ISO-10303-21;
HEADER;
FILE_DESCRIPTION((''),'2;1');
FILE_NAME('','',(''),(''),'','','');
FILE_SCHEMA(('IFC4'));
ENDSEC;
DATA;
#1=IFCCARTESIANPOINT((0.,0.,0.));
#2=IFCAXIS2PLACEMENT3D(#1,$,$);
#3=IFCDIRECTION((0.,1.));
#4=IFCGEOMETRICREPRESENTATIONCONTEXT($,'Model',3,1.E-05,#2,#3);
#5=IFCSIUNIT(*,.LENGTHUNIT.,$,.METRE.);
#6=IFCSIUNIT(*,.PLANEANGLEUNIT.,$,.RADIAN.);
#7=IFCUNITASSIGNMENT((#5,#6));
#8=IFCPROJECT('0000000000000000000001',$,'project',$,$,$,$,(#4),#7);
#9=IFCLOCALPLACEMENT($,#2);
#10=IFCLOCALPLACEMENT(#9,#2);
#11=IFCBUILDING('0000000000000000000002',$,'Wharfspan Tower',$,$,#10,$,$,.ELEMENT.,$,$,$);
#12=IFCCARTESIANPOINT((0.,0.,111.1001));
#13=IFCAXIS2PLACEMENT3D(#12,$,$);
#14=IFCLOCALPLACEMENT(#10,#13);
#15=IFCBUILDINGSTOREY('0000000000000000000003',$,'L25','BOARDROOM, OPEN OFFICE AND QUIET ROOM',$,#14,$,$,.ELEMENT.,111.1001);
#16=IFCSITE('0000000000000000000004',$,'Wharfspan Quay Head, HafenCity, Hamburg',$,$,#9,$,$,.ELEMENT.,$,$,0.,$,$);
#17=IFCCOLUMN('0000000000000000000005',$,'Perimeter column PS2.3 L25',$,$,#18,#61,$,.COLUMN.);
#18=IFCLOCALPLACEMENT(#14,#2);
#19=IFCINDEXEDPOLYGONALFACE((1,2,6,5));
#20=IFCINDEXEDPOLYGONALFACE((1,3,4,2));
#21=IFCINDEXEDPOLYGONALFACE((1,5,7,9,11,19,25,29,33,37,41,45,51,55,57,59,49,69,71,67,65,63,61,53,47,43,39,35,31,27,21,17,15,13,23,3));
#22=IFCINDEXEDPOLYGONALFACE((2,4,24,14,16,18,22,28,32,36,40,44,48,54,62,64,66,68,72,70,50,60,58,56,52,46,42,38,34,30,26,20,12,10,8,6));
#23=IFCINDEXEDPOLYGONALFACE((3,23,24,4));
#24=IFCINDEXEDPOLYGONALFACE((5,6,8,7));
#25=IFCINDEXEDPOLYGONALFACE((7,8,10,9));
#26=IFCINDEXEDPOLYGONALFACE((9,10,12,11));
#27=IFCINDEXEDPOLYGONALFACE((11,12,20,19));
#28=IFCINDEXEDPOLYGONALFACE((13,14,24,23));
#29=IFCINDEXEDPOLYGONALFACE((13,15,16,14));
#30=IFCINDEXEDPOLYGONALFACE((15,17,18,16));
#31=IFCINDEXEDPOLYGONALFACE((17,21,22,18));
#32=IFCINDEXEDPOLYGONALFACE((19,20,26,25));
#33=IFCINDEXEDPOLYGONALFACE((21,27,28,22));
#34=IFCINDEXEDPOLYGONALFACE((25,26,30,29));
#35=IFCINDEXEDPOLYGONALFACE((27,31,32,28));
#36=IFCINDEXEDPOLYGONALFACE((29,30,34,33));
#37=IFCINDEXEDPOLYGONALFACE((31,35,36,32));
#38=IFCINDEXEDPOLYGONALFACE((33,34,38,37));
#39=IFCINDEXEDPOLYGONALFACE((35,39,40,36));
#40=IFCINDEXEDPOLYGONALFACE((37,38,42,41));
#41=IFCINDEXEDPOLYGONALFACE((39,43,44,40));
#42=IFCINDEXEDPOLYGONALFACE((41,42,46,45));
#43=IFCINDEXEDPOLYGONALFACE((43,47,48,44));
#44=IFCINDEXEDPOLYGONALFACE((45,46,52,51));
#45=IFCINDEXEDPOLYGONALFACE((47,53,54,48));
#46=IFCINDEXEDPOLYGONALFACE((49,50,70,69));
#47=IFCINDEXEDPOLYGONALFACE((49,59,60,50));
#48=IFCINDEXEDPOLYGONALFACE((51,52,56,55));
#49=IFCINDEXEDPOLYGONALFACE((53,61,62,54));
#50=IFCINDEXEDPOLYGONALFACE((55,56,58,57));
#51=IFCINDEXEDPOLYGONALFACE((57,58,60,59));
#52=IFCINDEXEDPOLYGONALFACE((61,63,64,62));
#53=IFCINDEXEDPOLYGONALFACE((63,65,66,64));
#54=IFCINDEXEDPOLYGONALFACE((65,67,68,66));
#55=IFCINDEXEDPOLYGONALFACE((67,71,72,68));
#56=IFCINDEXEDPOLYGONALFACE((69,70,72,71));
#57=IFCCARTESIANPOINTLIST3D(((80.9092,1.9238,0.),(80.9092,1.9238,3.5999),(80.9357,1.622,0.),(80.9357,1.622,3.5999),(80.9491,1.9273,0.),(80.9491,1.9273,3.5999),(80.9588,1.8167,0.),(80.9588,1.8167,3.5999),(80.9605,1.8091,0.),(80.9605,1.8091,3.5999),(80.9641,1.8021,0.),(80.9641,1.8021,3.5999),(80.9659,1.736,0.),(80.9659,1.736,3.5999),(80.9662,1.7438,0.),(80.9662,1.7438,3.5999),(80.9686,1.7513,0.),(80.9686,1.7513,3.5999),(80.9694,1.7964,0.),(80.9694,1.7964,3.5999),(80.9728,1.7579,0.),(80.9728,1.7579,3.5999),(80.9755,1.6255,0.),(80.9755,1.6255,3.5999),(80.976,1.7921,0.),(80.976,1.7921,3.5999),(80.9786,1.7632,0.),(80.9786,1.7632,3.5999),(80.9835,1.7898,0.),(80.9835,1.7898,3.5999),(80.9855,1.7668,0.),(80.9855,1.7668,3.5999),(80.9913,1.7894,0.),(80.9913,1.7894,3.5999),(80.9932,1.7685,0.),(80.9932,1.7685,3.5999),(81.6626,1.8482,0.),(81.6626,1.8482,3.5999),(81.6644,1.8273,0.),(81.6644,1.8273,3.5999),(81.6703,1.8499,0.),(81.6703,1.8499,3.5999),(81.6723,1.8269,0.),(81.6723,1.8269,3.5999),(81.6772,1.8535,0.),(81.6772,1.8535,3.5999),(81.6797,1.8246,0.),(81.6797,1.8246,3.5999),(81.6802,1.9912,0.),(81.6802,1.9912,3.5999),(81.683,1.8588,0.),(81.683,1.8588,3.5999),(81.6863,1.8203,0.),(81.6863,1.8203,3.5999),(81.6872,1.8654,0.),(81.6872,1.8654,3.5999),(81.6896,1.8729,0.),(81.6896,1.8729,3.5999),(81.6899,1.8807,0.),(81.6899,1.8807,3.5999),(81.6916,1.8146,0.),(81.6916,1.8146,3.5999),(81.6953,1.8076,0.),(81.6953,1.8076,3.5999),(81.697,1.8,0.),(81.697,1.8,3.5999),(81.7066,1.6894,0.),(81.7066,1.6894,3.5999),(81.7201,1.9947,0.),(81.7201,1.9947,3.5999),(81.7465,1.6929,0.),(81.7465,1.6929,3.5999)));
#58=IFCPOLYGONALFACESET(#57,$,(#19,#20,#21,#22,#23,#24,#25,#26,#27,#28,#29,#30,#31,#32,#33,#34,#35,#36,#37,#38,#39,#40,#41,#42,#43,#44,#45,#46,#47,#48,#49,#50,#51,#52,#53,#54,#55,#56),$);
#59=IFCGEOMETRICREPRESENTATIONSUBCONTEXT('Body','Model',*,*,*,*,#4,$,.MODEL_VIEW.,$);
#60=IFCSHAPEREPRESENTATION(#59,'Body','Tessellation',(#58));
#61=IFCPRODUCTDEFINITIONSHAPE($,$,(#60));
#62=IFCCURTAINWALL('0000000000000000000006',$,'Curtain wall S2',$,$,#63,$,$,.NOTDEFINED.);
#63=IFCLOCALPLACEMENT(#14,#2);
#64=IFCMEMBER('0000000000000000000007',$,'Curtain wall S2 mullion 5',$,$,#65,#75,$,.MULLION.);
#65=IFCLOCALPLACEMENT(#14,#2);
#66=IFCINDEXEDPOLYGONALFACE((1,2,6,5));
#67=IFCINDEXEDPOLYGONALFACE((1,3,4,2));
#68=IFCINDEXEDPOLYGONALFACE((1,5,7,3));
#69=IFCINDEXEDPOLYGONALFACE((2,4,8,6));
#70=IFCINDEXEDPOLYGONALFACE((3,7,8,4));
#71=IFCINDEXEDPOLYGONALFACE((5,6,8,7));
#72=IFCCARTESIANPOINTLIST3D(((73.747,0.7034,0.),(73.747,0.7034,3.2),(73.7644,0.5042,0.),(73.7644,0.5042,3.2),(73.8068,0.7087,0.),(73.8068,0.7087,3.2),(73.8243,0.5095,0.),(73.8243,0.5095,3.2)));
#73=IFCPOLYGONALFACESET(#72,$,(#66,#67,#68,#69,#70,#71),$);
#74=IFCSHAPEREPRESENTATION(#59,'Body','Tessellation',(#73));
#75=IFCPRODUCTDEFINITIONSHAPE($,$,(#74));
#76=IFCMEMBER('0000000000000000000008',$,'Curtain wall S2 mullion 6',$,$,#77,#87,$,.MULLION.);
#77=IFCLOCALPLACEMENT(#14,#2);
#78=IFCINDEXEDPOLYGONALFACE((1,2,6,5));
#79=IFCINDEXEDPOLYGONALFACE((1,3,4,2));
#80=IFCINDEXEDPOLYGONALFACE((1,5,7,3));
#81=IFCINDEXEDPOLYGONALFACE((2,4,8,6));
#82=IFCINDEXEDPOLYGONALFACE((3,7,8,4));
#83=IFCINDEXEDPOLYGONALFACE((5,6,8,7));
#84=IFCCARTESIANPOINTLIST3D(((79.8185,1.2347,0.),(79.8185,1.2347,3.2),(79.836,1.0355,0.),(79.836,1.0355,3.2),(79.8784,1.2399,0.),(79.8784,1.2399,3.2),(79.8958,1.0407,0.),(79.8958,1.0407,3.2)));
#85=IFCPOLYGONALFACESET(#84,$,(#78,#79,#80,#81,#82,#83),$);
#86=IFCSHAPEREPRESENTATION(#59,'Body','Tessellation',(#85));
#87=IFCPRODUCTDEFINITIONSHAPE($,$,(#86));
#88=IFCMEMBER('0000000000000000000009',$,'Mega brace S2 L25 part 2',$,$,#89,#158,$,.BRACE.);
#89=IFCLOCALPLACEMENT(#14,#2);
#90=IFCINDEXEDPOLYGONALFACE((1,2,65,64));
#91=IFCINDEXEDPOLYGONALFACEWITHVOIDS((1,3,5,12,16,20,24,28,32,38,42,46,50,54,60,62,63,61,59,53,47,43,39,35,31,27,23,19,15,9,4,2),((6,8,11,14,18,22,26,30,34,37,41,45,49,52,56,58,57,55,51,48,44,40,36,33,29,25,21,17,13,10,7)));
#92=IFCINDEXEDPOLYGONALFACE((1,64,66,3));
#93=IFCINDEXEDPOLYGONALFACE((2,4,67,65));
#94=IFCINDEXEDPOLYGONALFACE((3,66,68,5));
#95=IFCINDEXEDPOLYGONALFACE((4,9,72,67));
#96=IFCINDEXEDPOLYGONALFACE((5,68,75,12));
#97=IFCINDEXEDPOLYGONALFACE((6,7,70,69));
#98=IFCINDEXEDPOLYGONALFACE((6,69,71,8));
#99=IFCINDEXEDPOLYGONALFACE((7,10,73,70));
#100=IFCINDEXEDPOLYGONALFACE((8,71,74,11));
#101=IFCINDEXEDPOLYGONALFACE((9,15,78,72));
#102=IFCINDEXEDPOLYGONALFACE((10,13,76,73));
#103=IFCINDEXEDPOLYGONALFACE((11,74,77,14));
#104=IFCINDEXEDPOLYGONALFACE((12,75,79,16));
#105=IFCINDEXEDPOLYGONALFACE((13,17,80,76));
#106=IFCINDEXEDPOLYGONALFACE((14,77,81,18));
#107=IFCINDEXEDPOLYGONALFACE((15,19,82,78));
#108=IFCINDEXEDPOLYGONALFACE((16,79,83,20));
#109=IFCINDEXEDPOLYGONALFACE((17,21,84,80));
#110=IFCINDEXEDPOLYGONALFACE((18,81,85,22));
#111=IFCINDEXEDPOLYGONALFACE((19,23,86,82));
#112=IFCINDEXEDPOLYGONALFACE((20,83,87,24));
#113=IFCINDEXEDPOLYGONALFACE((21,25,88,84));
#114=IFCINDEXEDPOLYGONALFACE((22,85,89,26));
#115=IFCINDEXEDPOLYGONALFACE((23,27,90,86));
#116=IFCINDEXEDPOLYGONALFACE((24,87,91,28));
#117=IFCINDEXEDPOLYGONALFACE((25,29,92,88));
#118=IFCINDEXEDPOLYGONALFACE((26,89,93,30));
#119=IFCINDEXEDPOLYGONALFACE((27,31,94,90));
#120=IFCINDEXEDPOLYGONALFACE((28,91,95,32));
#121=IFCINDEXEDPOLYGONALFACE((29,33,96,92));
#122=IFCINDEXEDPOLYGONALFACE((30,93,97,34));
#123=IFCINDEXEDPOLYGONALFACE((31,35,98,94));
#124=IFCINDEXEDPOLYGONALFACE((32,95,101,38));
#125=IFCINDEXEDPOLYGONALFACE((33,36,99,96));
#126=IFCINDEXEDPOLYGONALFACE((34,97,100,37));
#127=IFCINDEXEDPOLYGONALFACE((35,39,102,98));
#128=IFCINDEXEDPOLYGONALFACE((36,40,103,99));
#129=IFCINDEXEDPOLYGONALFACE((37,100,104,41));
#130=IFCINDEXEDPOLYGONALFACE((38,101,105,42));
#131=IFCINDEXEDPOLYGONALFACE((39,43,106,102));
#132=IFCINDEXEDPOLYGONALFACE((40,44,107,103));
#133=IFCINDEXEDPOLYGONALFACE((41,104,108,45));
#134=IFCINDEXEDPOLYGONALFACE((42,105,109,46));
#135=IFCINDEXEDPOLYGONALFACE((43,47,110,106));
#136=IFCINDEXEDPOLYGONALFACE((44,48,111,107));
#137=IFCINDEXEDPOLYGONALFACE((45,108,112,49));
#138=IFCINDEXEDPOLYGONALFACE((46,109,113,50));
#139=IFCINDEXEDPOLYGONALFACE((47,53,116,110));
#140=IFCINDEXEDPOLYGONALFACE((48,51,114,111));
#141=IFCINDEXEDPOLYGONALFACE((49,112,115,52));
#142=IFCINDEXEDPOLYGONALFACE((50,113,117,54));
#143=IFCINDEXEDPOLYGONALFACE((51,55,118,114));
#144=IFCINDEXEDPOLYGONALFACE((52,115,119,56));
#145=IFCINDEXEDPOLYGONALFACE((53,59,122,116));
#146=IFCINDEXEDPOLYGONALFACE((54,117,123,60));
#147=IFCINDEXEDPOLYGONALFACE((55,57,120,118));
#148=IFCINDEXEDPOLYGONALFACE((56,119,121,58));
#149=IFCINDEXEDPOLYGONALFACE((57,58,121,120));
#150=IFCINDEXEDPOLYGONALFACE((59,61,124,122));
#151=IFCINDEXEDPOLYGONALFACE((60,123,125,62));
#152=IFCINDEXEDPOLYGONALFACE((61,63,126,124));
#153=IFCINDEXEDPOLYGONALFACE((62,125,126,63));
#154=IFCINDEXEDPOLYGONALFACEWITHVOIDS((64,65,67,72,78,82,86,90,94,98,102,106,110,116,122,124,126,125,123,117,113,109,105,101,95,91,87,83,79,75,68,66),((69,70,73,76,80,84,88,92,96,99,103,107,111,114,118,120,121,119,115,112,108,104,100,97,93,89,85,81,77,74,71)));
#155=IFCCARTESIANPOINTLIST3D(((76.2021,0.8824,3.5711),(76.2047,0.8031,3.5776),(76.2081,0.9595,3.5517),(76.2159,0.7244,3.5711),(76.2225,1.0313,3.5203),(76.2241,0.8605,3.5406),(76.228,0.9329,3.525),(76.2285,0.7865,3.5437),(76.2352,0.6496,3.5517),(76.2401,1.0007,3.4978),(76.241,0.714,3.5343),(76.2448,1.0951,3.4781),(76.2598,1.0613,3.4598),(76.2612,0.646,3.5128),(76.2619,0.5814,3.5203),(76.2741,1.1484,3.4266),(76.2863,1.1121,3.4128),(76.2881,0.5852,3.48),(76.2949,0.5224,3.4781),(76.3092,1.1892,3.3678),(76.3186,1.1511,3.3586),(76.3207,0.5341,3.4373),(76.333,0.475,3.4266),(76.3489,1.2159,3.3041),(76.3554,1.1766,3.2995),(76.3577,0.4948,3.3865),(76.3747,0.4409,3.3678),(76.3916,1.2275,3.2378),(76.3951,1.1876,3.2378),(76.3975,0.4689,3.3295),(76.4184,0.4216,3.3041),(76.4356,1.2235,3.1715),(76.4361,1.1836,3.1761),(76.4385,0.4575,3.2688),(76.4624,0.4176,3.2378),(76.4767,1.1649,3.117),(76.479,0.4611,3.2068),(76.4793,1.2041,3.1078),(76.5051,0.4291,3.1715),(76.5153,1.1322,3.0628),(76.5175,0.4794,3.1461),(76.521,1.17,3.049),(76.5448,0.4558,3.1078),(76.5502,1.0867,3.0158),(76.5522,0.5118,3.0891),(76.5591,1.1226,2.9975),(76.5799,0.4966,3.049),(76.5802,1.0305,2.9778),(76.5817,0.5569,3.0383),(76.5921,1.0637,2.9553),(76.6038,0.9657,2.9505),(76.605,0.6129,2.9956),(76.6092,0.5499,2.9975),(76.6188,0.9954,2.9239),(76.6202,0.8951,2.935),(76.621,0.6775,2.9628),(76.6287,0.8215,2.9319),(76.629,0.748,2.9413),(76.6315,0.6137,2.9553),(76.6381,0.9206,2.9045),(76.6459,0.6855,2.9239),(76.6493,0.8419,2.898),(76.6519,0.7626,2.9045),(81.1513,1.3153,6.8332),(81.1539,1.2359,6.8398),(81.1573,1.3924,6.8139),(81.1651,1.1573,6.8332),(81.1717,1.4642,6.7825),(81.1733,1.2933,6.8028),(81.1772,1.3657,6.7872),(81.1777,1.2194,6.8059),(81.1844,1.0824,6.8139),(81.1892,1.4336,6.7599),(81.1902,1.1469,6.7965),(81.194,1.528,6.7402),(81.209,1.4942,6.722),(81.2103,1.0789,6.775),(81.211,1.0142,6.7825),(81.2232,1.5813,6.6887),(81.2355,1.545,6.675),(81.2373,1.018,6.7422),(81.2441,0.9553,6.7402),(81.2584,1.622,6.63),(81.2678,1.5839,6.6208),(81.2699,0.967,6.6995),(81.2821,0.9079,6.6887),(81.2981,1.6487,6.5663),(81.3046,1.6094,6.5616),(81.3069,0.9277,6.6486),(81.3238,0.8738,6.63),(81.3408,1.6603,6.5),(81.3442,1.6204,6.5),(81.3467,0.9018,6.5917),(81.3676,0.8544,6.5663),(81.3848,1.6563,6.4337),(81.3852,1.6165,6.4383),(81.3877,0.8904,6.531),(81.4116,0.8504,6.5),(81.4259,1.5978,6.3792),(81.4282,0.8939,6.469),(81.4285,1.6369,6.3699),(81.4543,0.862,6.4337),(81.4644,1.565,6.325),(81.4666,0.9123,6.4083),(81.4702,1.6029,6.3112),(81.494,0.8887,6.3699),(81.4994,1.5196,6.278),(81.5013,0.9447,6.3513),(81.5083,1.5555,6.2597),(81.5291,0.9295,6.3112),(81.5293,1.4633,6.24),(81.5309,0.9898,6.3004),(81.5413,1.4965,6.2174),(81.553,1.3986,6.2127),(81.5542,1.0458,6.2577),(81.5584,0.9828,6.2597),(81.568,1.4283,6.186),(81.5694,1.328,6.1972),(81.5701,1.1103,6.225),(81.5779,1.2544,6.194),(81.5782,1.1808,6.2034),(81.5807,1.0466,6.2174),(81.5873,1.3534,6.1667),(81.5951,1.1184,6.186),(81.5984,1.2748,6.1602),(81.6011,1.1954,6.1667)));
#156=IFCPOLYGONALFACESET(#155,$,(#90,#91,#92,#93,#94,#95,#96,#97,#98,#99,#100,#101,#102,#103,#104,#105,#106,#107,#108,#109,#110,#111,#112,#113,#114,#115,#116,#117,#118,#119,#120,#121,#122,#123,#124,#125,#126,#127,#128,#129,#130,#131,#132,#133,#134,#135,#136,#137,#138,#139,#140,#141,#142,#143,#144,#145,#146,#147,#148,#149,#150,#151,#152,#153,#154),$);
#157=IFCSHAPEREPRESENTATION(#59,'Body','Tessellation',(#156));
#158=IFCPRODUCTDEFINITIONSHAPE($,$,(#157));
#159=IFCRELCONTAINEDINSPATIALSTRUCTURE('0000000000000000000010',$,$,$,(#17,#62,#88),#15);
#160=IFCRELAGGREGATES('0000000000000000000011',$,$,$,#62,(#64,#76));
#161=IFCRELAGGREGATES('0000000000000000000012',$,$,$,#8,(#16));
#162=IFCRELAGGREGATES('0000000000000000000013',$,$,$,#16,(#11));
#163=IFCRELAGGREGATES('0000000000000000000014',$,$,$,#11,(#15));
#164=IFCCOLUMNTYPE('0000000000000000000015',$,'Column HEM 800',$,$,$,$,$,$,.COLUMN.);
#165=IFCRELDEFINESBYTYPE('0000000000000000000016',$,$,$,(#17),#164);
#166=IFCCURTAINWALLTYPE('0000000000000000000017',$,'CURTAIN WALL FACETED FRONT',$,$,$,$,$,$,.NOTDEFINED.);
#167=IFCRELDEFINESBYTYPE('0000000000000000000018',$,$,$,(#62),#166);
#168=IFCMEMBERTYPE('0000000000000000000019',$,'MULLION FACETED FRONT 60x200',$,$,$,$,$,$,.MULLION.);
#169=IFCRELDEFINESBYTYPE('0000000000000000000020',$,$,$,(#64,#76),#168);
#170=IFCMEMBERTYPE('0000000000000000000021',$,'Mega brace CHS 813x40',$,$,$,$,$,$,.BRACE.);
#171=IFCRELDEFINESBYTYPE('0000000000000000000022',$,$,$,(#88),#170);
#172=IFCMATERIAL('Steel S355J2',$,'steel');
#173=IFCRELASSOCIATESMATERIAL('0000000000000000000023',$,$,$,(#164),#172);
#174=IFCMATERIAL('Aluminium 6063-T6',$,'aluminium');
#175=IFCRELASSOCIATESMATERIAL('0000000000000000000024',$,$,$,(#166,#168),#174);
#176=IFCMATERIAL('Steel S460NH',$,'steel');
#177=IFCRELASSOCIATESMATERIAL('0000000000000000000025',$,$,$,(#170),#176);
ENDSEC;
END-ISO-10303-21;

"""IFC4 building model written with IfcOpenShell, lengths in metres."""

from ifc_helpers import new_model, si_unit, direction, frame, origin, origin_2d, place, context, subcontext, project, spatial, rectangle, hollow_circle, i_section, extrude, material, material_profile, profile_set, type_object, element, aggregate, save


model = new_model("IFC4")

# Units and contexts
model_context = context("Model", 3, precision=1e-05, world=origin(), true_north=direction((0.0, 1.0)))
body_context = subcontext(model_context, "Body", "Model", "MODEL_VIEW")
ifc_project = project(units=[si_unit("LENGTHUNIT", "METRE"), si_unit("PLANEANGLEUNIT", "RADIAN")], contexts=[model_context])

# Site, building, storey
site_placement = place(None, origin())
site = spatial("IfcSite", under=ifc_project, at=site_placement, Name="Wharfspan Quay Head, HafenCity, Hamburg", CompositionType="ELEMENT", RefElevation=0.0)
building_placement = place(site_placement, origin())
building = spatial("IfcBuilding", under=site, at=building_placement, Name="Wharfspan Tower", CompositionType="ELEMENT")
storey_placement = place(building_placement, frame((0.0, 0.0, 111.1001)))
storey = spatial("IfcBuildingStorey", under=building, at=storey_placement, Name="L25", Description="BOARDROOM, OPEN OFFICE AND QUIET ROOM", CompositionType="ELEMENT", Elevation=111.1001)

# Column
ifc_material_1 = material(Name="Steel S355J2", Category="steel")
ifc_material_profile_1 = material_profile(ifc_material_1, i_section(OverallWidth=0.303, OverallDepth=0.814, WebThickness=0.021, FlangeThickness=0.04, FilletRadius=0.03, at=origin_2d()))
ifc_profile_set_1 = profile_set([ifc_material_profile_1], Name="Steel S355J2")
column_type = type_object("IfcColumnType", Name="Column HEM 800", PredefinedType="COLUMN", material=ifc_profile_set_1)
column_placement = place(storey_placement, frame((81.3279, 1.8083, 0.0), z_axis=(0.0, 0.0, 1.0), x_axis=(0.087156, -0.996198, 0.0)))
element("IfcColumn", 1, at=column_placement, inside=storey, type_object=column_type, Name="Perimeter column PS2.3 L25", PredefinedType="COLUMN", context=body_context, shape_type="SweptSolid", body=[
    extrude(i_section(OverallWidth=0.303, OverallDepth=0.814, WebThickness=0.021, FlangeThickness=0.04, FilletRadius=0.03, at=origin_2d()), origin(), (0.0, 0.0, 1.0), 3.5999),
])

# Curtain wall, members
ifc_material_2 = material(Name="Aluminium 6063-T6", Category="aluminium")
curtain_wall_type = type_object("IfcCurtainWallType", Name="CURTAIN WALL FACETED FRONT", PredefinedType="NOTDEFINED", material=ifc_material_2)
curtain_wall_placement = place(storey_placement, origin())
curtain_wall = element("IfcCurtainWall", 2, at=curtain_wall_placement, inside=storey, type_object=curtain_wall_type, Name="Curtain wall S2", PredefinedType="NOTDEFINED")
ifc_material_profile_2 = material_profile(ifc_material_2, rectangle(XDim=0.2, YDim=0.0601, at=origin_2d()))
ifc_profile_set_2 = profile_set([ifc_material_profile_2], Name="Aluminium 6063-T6")
member_type_1 = type_object("IfcMemberType", Name="MULLION FACETED FRONT 60x200", PredefinedType="MULLION", material=ifc_profile_set_2)
member_1_placement = place(storey_placement, frame((73.7856, 0.6064, 0.0), z_axis=(0.0, 0.0, 1.0), x_axis=(-0.087156, 0.996198, 0.0)))
member_1 = element("IfcMember", 3, at=member_1_placement, type_object=member_type_1, Name="Curtain wall S2 mullion 5", PredefinedType="MULLION", context=body_context, shape_type="SweptSolid", body=[
    extrude(rectangle(XDim=0.2, YDim=0.0601, at=origin_2d()), origin(), (0.0, 0.0, 1.0), 3.2),
])
member_2_placement = place(storey_placement, frame((79.8572, 1.1377, 0.0), z_axis=(0.0, 0.0, 1.0), x_axis=(-0.087156, 0.996198, 0.0)))
member_2 = element("IfcMember", 4, at=member_2_placement, type_object=member_type_1, Name="Curtain wall S2 mullion 6", PredefinedType="MULLION", context=body_context, shape_type="SweptSolid", body=[
    extrude(rectangle(XDim=0.2, YDim=0.0601, at=origin_2d()), origin(), (0.0, 0.0, 1.0), 3.2),
])

# Member
ifc_material_3 = material(Name="Steel S460NH", Category="steel")
ifc_material_profile_3 = material_profile(ifc_material_3, hollow_circle(Radius=0.4065, WallThickness=0.04, at=origin_2d()))
ifc_profile_set_3 = profile_set([ifc_material_profile_3], Name="Steel S460NH")
member_type_2 = type_object("IfcMemberType", Name="Mega brace CHS 813x40", PredefinedType="BRACE", material=ifc_profile_set_3)
member_3_placement = place(storey_placement, frame((76.427, 0.8225, 3.2378), z_axis=(0.832724, 0.07283, 0.548878), x_axis=(-0.087128, 0.996197, 0.000001)))
element("IfcMember", 5, at=member_3_placement, inside=storey, type_object=member_type_2, Name="Mega brace S2 L25 part 2", PredefinedType="BRACE", context=body_context, shape_type="SweptSolid", body=[
    extrude(hollow_circle(Radius=0.4065, WallThickness=0.04, at=origin_2d()), origin(), (0.0, 0.0, 1.0), 5.9434),
])

aggregate(curtain_wall, [member_1, member_2])

save(model, "model.ifc")
